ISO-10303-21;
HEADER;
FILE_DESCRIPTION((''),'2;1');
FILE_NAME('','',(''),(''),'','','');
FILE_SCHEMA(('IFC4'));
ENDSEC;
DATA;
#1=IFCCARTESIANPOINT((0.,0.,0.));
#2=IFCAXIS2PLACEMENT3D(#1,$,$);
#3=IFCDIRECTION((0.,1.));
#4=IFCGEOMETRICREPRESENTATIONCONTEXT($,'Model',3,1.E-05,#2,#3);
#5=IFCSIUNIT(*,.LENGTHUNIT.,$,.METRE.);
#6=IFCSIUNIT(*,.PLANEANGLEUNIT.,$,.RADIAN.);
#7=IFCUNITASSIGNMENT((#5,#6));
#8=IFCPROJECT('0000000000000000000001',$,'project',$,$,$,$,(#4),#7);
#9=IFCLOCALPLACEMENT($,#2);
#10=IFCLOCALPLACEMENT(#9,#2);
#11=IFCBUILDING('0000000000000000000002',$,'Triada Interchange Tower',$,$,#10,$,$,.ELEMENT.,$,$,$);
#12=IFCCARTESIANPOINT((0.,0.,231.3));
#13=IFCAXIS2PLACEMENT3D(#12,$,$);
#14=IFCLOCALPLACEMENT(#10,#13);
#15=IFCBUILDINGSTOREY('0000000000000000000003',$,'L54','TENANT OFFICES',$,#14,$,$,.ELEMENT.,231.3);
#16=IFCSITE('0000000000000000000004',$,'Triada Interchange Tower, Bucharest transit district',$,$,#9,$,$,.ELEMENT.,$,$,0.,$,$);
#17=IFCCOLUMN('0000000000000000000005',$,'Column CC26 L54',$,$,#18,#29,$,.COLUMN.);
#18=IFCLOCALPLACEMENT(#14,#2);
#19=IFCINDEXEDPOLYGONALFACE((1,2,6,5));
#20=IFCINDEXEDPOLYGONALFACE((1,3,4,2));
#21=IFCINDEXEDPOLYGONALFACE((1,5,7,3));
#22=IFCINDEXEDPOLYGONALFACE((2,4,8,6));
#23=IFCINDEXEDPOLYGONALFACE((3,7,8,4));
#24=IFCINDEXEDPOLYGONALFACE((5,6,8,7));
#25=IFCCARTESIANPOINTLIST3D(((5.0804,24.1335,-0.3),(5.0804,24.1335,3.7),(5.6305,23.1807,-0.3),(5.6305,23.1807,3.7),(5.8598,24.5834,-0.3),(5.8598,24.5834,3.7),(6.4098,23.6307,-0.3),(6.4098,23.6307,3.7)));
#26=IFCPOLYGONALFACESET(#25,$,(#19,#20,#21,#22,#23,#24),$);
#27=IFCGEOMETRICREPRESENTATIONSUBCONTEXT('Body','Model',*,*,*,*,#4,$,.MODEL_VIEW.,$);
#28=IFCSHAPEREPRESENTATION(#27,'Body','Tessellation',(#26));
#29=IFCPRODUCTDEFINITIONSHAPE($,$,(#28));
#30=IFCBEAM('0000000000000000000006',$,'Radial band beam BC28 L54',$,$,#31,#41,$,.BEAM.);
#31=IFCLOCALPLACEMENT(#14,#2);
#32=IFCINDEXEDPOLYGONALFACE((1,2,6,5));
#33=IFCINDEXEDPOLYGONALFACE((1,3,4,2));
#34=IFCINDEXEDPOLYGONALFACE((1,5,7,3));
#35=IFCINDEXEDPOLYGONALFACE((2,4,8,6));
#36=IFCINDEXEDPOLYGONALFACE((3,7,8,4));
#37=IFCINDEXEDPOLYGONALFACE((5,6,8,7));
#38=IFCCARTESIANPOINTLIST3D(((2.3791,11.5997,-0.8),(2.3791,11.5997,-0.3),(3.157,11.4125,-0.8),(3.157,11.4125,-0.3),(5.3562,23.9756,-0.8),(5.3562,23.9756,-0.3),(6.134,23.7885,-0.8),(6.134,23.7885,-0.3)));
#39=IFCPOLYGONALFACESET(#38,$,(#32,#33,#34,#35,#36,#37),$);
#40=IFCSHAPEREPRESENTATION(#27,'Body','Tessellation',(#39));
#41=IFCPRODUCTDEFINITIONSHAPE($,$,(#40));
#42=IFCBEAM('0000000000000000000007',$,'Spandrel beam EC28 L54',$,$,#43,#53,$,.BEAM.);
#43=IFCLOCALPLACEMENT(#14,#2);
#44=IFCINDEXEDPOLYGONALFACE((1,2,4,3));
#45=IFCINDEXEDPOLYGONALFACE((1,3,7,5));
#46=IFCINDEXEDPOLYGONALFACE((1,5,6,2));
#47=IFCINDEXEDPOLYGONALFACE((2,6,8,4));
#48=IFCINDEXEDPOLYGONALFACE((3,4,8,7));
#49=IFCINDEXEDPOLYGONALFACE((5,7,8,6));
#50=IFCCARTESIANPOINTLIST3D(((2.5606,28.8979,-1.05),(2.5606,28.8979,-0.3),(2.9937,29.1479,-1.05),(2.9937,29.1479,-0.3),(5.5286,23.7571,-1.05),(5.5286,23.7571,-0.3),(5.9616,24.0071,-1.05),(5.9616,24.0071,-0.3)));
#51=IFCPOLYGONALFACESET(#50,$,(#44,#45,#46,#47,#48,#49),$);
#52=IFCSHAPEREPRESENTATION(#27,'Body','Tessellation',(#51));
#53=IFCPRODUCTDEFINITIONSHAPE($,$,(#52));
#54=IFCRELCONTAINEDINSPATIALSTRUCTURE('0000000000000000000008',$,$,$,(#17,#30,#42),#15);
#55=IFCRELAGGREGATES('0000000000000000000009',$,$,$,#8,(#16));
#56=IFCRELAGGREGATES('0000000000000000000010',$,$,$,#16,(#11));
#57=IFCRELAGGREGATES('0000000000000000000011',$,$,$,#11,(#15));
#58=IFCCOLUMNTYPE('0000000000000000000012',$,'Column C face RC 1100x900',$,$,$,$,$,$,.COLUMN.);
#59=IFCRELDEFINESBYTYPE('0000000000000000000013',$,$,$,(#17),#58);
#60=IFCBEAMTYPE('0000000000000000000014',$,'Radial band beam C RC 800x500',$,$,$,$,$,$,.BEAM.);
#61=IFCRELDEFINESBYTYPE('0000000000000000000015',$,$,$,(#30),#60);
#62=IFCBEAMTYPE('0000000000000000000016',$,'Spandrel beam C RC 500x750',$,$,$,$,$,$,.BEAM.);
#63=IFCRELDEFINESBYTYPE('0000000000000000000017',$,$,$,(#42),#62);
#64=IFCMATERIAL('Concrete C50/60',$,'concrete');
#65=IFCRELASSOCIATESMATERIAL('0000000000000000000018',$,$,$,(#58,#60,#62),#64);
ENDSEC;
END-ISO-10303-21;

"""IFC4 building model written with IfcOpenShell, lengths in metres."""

from ifc_helpers import new_model, si_unit, direction, frame, origin, origin_2d, place, context, subcontext, project, spatial, rectangle, extrude, material, material_profile, profile_set, type_object, element, save


model = new_model("IFC4")

# Units and contexts
model_context = context("Model", 3, precision=1e-05, world=origin(), true_north=direction((0.0, 1.0)))
body_context = subcontext(model_context, "Body", "Model", "MODEL_VIEW")
ifc_project = project(units=[si_unit("LENGTHUNIT", "METRE"), si_unit("PLANEANGLEUNIT", "RADIAN")], contexts=[model_context])

# Site, building, storey
site_placement = place(None, origin())
site = spatial("IfcSite", under=ifc_project, at=site_placement, Name="Triada Interchange Tower, Bucharest transit district", CompositionType="ELEMENT", RefElevation=0.0)
building_placement = place(site_placement, origin())
building = spatial("IfcBuilding", under=site, at=building_placement, Name="Triada Interchange Tower", CompositionType="ELEMENT")
storey_placement = place(building_placement, frame((0.0, 0.0, 231.3)))
storey = spatial("IfcBuildingStorey", under=building, at=storey_placement, Name="L54", Description="TENANT OFFICES", CompositionType="ELEMENT", Elevation=231.3)

# Column
ifc_material_1 = material(Name="Concrete C50/60", Category="concrete")
ifc_material_profile_1 = material_profile(ifc_material_1, rectangle(XDim=1.1001, YDim=0.8999, at=origin_2d()), Name="RC 1100x900")
ifc_profile_set_1 = profile_set([ifc_material_profile_1], Name="Concrete C50/60")
column_type = type_object("IfcColumnType", Name="Column C face RC 1100x900", PredefinedType="COLUMN", material=ifc_profile_set_1)
column_placement = place(storey_placement, frame((5.7451, 23.8821, -0.3), z_axis=(0.0, 0.0, 1.0), x_axis=(-0.5, 0.866025, 0.0)))
element("IfcColumn", 1, at=column_placement, inside=storey, type_object=column_type, Name="Column CC26 L54", PredefinedType="COLUMN", context=body_context, shape_type="SweptSolid", body=[
    extrude(rectangle(XDim=1.1001, YDim=0.8999, at=origin_2d()), origin(), (0.0, 0.0, 1.0), 4.0),
])

# Beams
ifc_material_profile_2 = material_profile(ifc_material_1, rectangle(XDim=0.8, YDim=0.5, at=origin_2d()), Name="RC 800x500")
ifc_profile_set_2 = profile_set([ifc_material_profile_2], Name="Concrete C50/60")
beam_type_1 = type_object("IfcBeamType", Name="Radial band beam C RC 800x500", PredefinedType="BEAM", material=ifc_profile_set_2)
beam_1_placement = place(storey_placement, frame((5.7451, 23.8821, -0.55), z_axis=(-0.233879, -0.972266, 0.0), x_axis=(0.972266, -0.233879, 0.0)))
element("IfcBeam", 2, at=beam_1_placement, inside=storey, type_object=beam_type_1, Name="Radial band beam BC28 L54", PredefinedType="BEAM", context=body_context, shape_type="SweptSolid", body=[
    extrude(rectangle(XDim=0.8, YDim=0.5, at=origin_2d()), origin(), (0.0, 0.0, 1.0), 12.729),
])
ifc_material_profile_3 = material_profile(ifc_material_1, rectangle(XDim=0.5, YDim=0.75, at=origin_2d()), Name="RC 500x750")
ifc_profile_set_3 = profile_set([ifc_material_profile_3], Name="Concrete C50/60")
beam_type_2 = type_object("IfcBeamType", Name="Spandrel beam C RC 500x750", PredefinedType="BEAM", material=ifc_profile_set_3)
beam_2_placement = place(storey_placement, frame((5.7451, 23.8821, -0.675), z_axis=(-0.499992, 0.86603, 0.0), x_axis=(-0.86603, -0.499992, 0.0)))
element("IfcBeam", 3, at=beam_2_placement, inside=storey, type_object=beam_type_2, Name="Spandrel beam EC28 L54", PredefinedType="BEAM", context=body_context, shape_type="SweptSolid", body=[
    extrude(rectangle(XDim=0.5, YDim=0.75, at=origin_2d()), origin(), (0.0, 0.0, 1.0), 5.936),
])

save(model, "model.ifc")
